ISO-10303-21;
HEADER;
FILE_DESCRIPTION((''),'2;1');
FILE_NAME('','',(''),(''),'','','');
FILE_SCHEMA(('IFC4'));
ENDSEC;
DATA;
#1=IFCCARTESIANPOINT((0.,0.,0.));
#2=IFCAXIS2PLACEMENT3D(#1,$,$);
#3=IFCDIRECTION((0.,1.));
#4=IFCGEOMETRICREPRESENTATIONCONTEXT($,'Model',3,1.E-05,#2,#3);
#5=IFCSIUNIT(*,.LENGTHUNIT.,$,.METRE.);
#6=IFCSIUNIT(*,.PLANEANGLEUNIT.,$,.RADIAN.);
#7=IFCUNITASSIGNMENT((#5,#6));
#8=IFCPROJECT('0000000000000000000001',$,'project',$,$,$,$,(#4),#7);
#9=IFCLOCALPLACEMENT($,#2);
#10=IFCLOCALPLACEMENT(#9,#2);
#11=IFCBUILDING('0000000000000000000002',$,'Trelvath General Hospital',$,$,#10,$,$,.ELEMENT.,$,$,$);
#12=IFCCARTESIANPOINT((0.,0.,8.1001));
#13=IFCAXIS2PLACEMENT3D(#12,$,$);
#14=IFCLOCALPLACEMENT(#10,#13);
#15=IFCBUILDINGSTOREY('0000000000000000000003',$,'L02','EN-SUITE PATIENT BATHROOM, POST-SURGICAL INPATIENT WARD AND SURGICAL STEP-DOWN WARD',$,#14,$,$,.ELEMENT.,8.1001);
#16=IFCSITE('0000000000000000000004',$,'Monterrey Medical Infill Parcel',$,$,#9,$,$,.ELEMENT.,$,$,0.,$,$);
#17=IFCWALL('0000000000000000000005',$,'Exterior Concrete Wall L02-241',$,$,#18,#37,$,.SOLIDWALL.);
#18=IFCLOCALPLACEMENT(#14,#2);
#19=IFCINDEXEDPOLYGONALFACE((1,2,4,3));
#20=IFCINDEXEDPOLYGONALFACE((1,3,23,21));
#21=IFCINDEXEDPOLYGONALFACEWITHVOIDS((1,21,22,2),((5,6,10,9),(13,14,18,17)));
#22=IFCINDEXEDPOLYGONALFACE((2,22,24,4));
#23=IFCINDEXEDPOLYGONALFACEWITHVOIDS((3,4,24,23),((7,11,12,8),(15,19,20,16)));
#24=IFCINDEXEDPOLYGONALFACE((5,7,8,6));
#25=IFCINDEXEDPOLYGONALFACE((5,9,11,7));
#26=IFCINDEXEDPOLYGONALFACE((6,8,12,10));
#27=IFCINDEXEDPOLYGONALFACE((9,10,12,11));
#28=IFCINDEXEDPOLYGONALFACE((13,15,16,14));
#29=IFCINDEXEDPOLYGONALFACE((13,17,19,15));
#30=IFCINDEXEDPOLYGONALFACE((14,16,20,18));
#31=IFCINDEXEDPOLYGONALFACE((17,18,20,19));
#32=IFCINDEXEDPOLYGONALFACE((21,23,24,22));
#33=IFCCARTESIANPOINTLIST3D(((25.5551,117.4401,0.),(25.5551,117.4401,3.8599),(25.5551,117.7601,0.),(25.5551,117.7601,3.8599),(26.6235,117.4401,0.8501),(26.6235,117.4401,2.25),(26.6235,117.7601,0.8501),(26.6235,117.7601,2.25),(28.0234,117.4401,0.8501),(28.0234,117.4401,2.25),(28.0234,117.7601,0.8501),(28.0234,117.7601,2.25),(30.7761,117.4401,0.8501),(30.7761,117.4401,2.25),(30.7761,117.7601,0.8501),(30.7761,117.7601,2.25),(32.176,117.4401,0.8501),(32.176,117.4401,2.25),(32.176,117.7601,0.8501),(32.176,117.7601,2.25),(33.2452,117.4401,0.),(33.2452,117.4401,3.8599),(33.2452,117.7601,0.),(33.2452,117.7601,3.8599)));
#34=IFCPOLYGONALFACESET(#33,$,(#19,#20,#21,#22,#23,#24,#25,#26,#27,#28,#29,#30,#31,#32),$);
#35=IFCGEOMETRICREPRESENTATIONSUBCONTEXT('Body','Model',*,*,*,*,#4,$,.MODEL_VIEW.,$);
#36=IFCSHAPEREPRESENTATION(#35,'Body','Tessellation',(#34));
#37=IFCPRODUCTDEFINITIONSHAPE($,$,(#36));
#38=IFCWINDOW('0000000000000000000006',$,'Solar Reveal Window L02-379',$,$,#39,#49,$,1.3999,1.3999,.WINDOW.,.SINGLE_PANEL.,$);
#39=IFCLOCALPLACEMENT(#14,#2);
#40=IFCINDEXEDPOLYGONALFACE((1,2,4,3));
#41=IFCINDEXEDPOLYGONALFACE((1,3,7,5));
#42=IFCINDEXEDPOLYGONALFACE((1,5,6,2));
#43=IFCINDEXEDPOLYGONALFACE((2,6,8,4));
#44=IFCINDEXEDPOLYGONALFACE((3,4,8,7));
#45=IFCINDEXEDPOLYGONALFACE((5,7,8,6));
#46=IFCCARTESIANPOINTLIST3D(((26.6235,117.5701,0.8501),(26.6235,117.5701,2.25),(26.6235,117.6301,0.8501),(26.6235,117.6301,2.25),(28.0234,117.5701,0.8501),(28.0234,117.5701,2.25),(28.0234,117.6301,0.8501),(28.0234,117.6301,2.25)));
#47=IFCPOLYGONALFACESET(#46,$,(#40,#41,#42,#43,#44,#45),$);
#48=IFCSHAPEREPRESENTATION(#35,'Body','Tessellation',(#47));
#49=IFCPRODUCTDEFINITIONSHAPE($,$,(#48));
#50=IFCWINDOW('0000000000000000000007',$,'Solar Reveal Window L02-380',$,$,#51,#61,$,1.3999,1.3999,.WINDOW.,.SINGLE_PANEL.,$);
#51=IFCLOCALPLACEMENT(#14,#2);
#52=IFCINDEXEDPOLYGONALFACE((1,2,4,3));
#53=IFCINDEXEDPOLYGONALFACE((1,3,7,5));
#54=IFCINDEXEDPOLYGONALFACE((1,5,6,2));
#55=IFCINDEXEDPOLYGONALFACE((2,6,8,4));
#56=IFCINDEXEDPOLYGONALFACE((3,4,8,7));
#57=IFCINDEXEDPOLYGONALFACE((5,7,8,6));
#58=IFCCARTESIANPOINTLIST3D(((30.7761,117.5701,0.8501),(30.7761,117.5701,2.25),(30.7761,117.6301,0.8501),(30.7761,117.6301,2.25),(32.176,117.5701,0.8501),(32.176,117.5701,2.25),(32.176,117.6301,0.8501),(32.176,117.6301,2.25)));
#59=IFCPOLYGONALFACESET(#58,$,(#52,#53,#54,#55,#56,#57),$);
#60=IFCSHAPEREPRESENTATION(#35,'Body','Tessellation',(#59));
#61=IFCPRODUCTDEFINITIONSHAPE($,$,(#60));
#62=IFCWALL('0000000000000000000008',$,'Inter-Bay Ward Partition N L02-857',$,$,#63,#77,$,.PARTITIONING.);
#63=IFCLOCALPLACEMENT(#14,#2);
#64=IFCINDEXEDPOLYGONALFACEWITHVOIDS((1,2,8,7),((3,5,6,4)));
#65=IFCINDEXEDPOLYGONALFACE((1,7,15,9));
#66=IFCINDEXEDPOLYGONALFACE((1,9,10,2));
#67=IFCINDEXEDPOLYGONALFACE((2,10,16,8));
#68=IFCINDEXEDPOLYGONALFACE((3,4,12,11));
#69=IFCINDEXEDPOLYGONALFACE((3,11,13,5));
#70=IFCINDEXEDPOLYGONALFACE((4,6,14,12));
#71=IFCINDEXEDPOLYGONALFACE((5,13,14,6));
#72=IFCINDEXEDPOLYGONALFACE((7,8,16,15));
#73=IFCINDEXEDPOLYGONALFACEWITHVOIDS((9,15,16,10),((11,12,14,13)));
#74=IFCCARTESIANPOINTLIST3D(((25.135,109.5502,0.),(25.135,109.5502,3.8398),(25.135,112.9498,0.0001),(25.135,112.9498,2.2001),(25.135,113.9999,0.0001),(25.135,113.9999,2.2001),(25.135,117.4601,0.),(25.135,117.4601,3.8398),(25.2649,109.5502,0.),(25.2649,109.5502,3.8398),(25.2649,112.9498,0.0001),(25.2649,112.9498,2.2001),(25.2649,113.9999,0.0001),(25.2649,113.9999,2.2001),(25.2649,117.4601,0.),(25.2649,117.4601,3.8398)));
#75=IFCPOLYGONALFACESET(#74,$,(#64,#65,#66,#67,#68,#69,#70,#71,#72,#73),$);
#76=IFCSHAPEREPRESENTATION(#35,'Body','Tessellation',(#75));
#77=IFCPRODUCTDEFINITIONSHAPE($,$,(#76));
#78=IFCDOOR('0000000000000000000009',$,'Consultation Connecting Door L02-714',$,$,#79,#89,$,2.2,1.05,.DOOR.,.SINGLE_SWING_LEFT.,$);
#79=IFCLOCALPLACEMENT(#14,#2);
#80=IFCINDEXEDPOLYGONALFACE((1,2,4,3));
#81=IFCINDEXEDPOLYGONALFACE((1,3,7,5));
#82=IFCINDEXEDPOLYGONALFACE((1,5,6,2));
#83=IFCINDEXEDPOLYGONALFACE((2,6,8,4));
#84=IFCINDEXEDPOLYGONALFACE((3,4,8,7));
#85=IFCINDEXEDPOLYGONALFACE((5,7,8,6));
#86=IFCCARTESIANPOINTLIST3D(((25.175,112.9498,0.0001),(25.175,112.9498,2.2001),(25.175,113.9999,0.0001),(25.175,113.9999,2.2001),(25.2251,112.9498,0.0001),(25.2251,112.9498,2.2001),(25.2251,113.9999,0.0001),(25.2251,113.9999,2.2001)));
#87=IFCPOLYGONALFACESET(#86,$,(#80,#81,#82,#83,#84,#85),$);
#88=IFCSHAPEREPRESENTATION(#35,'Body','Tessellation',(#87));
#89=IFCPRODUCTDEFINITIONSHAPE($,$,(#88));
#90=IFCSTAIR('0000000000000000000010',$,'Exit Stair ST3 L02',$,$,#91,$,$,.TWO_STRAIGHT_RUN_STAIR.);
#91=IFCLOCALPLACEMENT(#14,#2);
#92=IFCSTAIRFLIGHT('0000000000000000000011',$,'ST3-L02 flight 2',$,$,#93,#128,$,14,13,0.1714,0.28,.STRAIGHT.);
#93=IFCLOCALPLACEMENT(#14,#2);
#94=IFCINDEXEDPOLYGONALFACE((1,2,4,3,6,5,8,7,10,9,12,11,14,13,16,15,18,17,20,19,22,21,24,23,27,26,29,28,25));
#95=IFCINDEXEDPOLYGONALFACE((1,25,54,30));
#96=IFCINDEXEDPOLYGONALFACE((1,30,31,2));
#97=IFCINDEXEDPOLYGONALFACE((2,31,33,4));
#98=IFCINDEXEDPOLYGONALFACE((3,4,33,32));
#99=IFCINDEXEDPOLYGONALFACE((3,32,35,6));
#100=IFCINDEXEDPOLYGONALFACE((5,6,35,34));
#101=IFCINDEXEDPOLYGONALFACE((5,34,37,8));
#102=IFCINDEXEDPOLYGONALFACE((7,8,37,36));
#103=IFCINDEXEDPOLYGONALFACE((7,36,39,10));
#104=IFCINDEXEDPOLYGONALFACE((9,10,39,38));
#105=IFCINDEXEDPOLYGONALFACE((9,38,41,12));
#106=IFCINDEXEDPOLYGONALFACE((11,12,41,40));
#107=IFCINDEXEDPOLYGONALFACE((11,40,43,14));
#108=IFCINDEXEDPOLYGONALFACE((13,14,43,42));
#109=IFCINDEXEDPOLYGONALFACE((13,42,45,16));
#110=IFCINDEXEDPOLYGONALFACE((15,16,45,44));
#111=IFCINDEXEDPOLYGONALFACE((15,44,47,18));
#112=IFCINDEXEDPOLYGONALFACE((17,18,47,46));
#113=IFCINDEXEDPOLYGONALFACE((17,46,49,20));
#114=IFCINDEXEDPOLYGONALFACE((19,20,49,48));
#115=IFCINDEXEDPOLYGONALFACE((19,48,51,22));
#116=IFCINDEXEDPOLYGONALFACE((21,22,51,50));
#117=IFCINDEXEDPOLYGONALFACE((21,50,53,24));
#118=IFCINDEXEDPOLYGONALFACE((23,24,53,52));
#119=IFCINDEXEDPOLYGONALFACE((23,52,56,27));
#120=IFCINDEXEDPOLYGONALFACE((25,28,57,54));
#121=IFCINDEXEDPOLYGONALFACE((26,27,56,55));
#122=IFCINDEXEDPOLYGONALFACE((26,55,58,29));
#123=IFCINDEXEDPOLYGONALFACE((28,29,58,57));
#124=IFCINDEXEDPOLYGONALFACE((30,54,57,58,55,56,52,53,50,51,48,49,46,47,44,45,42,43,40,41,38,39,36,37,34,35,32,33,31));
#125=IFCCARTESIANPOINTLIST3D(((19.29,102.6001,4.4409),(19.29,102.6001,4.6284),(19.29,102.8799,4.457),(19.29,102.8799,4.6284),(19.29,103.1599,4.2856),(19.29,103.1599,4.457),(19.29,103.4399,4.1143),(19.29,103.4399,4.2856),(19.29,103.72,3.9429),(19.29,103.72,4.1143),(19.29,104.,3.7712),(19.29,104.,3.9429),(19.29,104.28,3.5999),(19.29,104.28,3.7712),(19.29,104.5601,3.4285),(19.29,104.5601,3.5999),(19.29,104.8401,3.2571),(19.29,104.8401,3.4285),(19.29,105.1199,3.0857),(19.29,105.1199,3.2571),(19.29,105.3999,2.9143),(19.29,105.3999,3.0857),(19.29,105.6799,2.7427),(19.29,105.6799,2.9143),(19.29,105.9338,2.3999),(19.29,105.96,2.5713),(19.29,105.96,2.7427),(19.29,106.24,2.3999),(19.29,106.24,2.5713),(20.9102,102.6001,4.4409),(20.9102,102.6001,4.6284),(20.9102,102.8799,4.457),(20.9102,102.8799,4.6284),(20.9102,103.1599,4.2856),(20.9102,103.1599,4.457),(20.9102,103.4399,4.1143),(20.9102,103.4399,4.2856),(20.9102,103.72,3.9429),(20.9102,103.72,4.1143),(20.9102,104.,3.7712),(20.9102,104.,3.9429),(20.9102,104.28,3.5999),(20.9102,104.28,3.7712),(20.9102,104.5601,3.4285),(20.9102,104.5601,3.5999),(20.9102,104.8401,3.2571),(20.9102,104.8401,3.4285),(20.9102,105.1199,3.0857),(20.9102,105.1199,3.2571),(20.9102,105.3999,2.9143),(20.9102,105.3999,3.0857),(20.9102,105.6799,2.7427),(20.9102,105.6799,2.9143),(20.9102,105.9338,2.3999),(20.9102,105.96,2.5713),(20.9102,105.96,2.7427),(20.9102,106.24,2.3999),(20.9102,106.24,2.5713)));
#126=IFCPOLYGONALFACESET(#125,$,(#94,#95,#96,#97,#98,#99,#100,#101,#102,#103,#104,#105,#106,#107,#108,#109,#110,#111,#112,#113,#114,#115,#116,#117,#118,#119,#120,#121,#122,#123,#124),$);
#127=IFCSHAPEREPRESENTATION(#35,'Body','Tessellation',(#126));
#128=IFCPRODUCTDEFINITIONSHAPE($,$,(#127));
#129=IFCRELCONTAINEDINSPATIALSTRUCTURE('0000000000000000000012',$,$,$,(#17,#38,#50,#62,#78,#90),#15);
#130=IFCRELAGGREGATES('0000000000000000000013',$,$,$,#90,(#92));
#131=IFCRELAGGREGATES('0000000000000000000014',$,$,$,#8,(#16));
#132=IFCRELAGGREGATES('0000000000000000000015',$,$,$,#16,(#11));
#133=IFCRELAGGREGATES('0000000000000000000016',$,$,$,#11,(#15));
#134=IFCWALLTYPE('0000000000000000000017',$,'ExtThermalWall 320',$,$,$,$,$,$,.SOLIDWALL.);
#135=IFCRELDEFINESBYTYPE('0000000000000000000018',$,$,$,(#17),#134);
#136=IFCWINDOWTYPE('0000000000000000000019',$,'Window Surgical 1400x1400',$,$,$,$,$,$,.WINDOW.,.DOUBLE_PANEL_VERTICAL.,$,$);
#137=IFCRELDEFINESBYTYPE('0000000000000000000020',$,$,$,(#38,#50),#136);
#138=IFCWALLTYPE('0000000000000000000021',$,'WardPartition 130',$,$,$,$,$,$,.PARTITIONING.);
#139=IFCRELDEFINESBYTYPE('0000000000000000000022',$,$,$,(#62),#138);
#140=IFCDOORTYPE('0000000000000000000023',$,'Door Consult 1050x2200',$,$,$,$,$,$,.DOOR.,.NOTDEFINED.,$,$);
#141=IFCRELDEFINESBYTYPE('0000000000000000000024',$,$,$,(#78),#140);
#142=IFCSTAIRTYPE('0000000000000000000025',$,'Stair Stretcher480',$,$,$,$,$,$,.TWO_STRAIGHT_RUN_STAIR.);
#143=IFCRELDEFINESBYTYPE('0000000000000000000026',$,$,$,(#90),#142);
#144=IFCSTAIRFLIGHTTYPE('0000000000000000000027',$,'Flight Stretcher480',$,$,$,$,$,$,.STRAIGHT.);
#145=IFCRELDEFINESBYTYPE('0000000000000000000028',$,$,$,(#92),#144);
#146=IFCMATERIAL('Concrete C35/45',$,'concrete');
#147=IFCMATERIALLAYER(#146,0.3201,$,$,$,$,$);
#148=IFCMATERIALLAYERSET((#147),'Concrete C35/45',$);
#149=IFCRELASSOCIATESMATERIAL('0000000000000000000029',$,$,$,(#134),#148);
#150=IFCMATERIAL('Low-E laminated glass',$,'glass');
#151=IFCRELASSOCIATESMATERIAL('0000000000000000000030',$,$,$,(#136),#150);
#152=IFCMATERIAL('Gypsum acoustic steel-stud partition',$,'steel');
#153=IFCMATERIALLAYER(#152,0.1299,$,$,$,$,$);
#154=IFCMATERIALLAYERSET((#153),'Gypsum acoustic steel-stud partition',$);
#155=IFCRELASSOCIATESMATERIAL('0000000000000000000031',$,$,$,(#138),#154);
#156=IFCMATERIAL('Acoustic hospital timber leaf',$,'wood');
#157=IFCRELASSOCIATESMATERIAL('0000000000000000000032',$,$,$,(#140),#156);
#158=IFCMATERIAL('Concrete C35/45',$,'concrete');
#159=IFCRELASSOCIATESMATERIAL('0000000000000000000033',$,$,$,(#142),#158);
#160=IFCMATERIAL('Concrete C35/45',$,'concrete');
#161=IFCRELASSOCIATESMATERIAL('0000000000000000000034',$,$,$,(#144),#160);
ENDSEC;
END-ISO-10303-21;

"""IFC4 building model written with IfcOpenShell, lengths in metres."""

from ifc_helpers import new_model, si_unit, direction, frame, frame_2d, origin, place, context, subcontext, project, spatial, polyline, rectangle, outline, extrude, material, layer, layer_set, type_object, element, fill, aggregate, save


model = new_model("IFC4")

# Units and contexts
model_context = context("Model", 3, precision=1e-05, world=origin(), true_north=direction((0.0, 1.0)))
body_context = subcontext(model_context, "Body", "Model", "MODEL_VIEW")
ifc_project = project(units=[si_unit("LENGTHUNIT", "METRE"), si_unit("PLANEANGLEUNIT", "RADIAN")], contexts=[model_context])

# Site, building, storey
site_placement = place(None, origin())
site = spatial("IfcSite", under=ifc_project, at=site_placement, Name="Monterrey Medical Infill Parcel", CompositionType="ELEMENT", RefElevation=0.0)
building_placement = place(site_placement, origin())
building = spatial("IfcBuilding", under=site, at=building_placement, Name="Trelvath General Hospital", CompositionType="ELEMENT")
storey_placement = place(building_placement, frame((0.0, 0.0, 8.1001)))
storey = spatial("IfcBuildingStorey", under=building, at=storey_placement, Name="L02", Description="EN-SUITE PATIENT BATHROOM, POST-SURGICAL INPATIENT WARD AND SURGICAL STEP-DOWN WARD", CompositionType="ELEMENT", Elevation=8.1001)

# Wall, openings, windows
ifc_material_1 = material(Name="Concrete C35/45", Category="concrete")
ifc_layer_1 = layer(ifc_material_1, 0.3201)
ifc_layer_set_1 = layer_set([ifc_layer_1], Name="Concrete C35/45")
wall_type_1 = type_object("IfcWallType", Name="ExtThermalWall 320", PredefinedType="SOLIDWALL", material=ifc_layer_set_1)
wall_1_placement = place(storey_placement, frame((25.5549, 117.6001, 0.0), z_axis=(0.0, 0.0, 1.0), x_axis=(1.0, 0.0, 0.0)))
wall_1 = element("IfcWall", 1, at=wall_1_placement, inside=storey, type_object=wall_type_1, Name="Exterior Concrete Wall L02-241", PredefinedType="SOLIDWALL", context=body_context, shape_type="SweptSolid", body=[
    extrude(rectangle(XDim=7.6902, YDim=0.3201, at=frame_2d((3.8452, 0.0))), origin(), (0.0, 0.0, 1.0), 3.8599),
])
opening_1_placement = place(wall_1_placement, frame((1.0686, 0.0, 0.8501)))
opening_1 = element("IfcOpeningElement", 2, at=opening_1_placement, cuts=wall_1, PredefinedType="OPENING", context=body_context, shape_type="SweptSolid", body=[
    extrude(rectangle(XDim=1.3999, YDim=1.3999, at=frame_2d((0.7, 0.7))), frame((0.0, 0.1699, 0.0), z_axis=(0.0, -1.0, 0.0), x_axis=(1.0, 0.0, 0.0)), (0.0, 0.0, 1.0), 0.3401),
])
opening_2_placement = place(wall_1_placement, frame((5.2212, 0.0, 0.8501)))
opening_2 = element("IfcOpeningElement", 3, at=opening_2_placement, cuts=wall_1, PredefinedType="OPENING", context=body_context, shape_type="SweptSolid", body=[
    extrude(rectangle(XDim=1.3999, YDim=1.3999, at=frame_2d((0.7, 0.7))), frame((0.0, 0.1699, 0.0), z_axis=(0.0, -1.0, 0.0), x_axis=(1.0, 0.0, 0.0)), (0.0, 0.0, 1.0), 0.3401),
])
ifc_material_2 = material(Name="Low-E laminated glass", Category="glass")
window_type = type_object("IfcWindowType", Name="Window Surgical 1400x1400", PartitioningType="DOUBLE_PANEL_VERTICAL", PredefinedType="WINDOW", material=ifc_material_2)
window_1_placement = place(opening_1_placement, origin())
window_1 = element("IfcWindow", 4, at=window_1_placement, inside=storey, type_object=window_type, Name="Solar Reveal Window L02-379", OverallHeight=1.3999, OverallWidth=1.3999, PartitioningType="SINGLE_PANEL", PredefinedType="WINDOW", context=body_context, shape_type="SweptSolid", body=[
    extrude(rectangle(XDim=1.3999, YDim=1.3999, at=frame_2d((0.7, 0.7))), frame((0.0, 0.03, 0.0), z_axis=(0.0, -1.0, 0.0), x_axis=(1.0, 0.0, 0.0)), (0.0, 0.0, 1.0), 0.0601),
])
fill(opening_1, window_1)
window_2_placement = place(opening_2_placement, origin())
window_2 = element("IfcWindow", 5, at=window_2_placement, inside=storey, type_object=window_type, Name="Solar Reveal Window L02-380", OverallHeight=1.3999, OverallWidth=1.3999, PartitioningType="SINGLE_PANEL", PredefinedType="WINDOW", context=body_context, shape_type="SweptSolid", body=[
    extrude(rectangle(XDim=1.3999, YDim=1.3999, at=frame_2d((0.7, 0.7))), frame((0.0, 0.03, 0.0), z_axis=(0.0, -1.0, 0.0), x_axis=(1.0, 0.0, 0.0)), (0.0, 0.0, 1.0), 0.0601),
])
fill(opening_2, window_2)

# Wall, opening, door
ifc_material_3 = material(Name="Gypsum acoustic steel-stud partition", Category="steel")
ifc_layer_2 = layer(ifc_material_3, 0.1299)
ifc_layer_set_2 = layer_set([ifc_layer_2], Name="Gypsum acoustic steel-stud partition")
wall_type_2 = type_object("IfcWallType", Name="WardPartition 130", PredefinedType="PARTITIONING", material=ifc_layer_set_2)
wall_2_placement = place(storey_placement, frame((25.2, 109.55, 0.0), z_axis=(0.0, 0.0, 1.0), x_axis=(0.0, 1.0, 0.0)))
wall_2 = element("IfcWall", 6, at=wall_2_placement, inside=storey, type_object=wall_type_2, Name="Inter-Bay Ward Partition N L02-857", PredefinedType="PARTITIONING", context=body_context, shape_type="SweptSolid", body=[
    extrude(rectangle(XDim=7.9099, YDim=0.1299, at=frame_2d((3.9551, 0.0))), origin(), (0.0, 0.0, 1.0), 3.8398),
])
opening_3_placement = place(wall_2_placement, frame((3.3999, 0.0, 0.0)))
opening_3 = element("IfcOpeningElement", 7, at=opening_3_placement, cuts=wall_2, PredefinedType="OPENING", context=body_context, shape_type="SweptSolid", body=[
    extrude(rectangle(XDim=1.05, YDim=2.2, at=frame_2d((0.5249, 1.1001))), frame((0.0, 0.075, 0.0), z_axis=(0.0, -1.0, 0.0), x_axis=(1.0, 0.0, 0.0)), (0.0, 0.0, 1.0), 0.1499),
])
ifc_material_4 = material(Name="Acoustic hospital timber leaf", Category="wood")
door_type_1 = type_object("IfcDoorType", Name="Door Consult 1050x2200", OperationType="NOTDEFINED", PredefinedType="DOOR", material=ifc_material_4)
door_1_placement = place(opening_3_placement, origin())
door_1 = element("IfcDoor", 8, at=door_1_placement, inside=storey, type_object=door_type_1, Name="Consultation Connecting Door L02-714", OperationType="SINGLE_SWING_LEFT", OverallHeight=2.2, OverallWidth=1.05, PredefinedType="DOOR", context=body_context, shape_type="SweptSolid", body=[
    extrude(rectangle(XDim=1.05, YDim=2.2, at=frame_2d((0.5249, 1.1001))), frame((0.0, 0.0249, 0.0), z_axis=(0.0, -1.0, 0.0), x_axis=(1.0, 0.0, 0.0)), (0.0, 0.0, 1.0), 0.05),
])
fill(opening_3, door_1)

# Stair, stair flight
ifc_material_5 = material(Name="Concrete C35/45", Category="concrete")
stair_type = type_object("IfcStairType", Name="Stair Stretcher480", PredefinedType="TWO_STRAIGHT_RUN_STAIR", material=ifc_material_5)
stair_placement = place(storey_placement, origin())
stair = element("IfcStair", 9, at=stair_placement, inside=storey, type_object=stair_type, Name="Exit Stair ST3 L02", PredefinedType="TWO_STRAIGHT_RUN_STAIR")
ifc_material_6 = material(Name="Concrete C35/45", Category="concrete")
stair_flight_type = type_object("IfcStairFlightType", Name="Flight Stretcher480", PredefinedType="STRAIGHT", material=ifc_material_6)
stair_flight_placement = place(storey_placement, frame((20.1001, 106.24, 2.3999), z_axis=(0.0, 0.0, 1.0), x_axis=(0.0, -1.0, 0.0)))
stair_flight = element("IfcStairFlight", 10, at=stair_flight_placement, type_object=stair_flight_type, Name="ST3-L02 flight 2", NumberOfRisers=14, NumberOfTreads=13, PredefinedType="STRAIGHT", RiserHeight=0.1714, TreadLength=0.28, context=body_context, shape_type="SweptSolid", body=[
    extrude(outline(polyline([(0.0, 0.0), (0.0, 0.1714), (0.28, 0.1714), (0.28, 0.3428), (0.5601, 0.3428), (0.5601, 0.5144), (0.8401, 0.5144), (0.8401, 0.6858), (1.1201, 0.6858), (1.1201, 0.8572), (1.3999, 0.8572), (1.3999, 1.0286), (1.6799, 1.0286), (1.6799, 1.2), (1.96, 1.2), (1.96, 1.3713), (2.24, 1.3713), (2.24, 1.543), (2.52, 1.543), (2.52, 1.7144), (2.8, 1.7144), (2.8, 1.8857), (3.0801, 1.8857), (3.0801, 2.0571), (3.3601, 2.0571), (3.3601, 2.2285), (3.6399, 2.2285), (3.6399, 2.3999), (3.6399, 2.041), (0.3062, 0.0), (0.0, 0.0)])), frame((0.0, 0.8101, 0.0), z_axis=(0.0, -1.0, 0.0), x_axis=(1.0, 0.0, 0.0)), (0.0, 0.0, 1.0), 1.6201),
])
aggregate(stair, [stair_flight])

save(model, "model.ifc")
